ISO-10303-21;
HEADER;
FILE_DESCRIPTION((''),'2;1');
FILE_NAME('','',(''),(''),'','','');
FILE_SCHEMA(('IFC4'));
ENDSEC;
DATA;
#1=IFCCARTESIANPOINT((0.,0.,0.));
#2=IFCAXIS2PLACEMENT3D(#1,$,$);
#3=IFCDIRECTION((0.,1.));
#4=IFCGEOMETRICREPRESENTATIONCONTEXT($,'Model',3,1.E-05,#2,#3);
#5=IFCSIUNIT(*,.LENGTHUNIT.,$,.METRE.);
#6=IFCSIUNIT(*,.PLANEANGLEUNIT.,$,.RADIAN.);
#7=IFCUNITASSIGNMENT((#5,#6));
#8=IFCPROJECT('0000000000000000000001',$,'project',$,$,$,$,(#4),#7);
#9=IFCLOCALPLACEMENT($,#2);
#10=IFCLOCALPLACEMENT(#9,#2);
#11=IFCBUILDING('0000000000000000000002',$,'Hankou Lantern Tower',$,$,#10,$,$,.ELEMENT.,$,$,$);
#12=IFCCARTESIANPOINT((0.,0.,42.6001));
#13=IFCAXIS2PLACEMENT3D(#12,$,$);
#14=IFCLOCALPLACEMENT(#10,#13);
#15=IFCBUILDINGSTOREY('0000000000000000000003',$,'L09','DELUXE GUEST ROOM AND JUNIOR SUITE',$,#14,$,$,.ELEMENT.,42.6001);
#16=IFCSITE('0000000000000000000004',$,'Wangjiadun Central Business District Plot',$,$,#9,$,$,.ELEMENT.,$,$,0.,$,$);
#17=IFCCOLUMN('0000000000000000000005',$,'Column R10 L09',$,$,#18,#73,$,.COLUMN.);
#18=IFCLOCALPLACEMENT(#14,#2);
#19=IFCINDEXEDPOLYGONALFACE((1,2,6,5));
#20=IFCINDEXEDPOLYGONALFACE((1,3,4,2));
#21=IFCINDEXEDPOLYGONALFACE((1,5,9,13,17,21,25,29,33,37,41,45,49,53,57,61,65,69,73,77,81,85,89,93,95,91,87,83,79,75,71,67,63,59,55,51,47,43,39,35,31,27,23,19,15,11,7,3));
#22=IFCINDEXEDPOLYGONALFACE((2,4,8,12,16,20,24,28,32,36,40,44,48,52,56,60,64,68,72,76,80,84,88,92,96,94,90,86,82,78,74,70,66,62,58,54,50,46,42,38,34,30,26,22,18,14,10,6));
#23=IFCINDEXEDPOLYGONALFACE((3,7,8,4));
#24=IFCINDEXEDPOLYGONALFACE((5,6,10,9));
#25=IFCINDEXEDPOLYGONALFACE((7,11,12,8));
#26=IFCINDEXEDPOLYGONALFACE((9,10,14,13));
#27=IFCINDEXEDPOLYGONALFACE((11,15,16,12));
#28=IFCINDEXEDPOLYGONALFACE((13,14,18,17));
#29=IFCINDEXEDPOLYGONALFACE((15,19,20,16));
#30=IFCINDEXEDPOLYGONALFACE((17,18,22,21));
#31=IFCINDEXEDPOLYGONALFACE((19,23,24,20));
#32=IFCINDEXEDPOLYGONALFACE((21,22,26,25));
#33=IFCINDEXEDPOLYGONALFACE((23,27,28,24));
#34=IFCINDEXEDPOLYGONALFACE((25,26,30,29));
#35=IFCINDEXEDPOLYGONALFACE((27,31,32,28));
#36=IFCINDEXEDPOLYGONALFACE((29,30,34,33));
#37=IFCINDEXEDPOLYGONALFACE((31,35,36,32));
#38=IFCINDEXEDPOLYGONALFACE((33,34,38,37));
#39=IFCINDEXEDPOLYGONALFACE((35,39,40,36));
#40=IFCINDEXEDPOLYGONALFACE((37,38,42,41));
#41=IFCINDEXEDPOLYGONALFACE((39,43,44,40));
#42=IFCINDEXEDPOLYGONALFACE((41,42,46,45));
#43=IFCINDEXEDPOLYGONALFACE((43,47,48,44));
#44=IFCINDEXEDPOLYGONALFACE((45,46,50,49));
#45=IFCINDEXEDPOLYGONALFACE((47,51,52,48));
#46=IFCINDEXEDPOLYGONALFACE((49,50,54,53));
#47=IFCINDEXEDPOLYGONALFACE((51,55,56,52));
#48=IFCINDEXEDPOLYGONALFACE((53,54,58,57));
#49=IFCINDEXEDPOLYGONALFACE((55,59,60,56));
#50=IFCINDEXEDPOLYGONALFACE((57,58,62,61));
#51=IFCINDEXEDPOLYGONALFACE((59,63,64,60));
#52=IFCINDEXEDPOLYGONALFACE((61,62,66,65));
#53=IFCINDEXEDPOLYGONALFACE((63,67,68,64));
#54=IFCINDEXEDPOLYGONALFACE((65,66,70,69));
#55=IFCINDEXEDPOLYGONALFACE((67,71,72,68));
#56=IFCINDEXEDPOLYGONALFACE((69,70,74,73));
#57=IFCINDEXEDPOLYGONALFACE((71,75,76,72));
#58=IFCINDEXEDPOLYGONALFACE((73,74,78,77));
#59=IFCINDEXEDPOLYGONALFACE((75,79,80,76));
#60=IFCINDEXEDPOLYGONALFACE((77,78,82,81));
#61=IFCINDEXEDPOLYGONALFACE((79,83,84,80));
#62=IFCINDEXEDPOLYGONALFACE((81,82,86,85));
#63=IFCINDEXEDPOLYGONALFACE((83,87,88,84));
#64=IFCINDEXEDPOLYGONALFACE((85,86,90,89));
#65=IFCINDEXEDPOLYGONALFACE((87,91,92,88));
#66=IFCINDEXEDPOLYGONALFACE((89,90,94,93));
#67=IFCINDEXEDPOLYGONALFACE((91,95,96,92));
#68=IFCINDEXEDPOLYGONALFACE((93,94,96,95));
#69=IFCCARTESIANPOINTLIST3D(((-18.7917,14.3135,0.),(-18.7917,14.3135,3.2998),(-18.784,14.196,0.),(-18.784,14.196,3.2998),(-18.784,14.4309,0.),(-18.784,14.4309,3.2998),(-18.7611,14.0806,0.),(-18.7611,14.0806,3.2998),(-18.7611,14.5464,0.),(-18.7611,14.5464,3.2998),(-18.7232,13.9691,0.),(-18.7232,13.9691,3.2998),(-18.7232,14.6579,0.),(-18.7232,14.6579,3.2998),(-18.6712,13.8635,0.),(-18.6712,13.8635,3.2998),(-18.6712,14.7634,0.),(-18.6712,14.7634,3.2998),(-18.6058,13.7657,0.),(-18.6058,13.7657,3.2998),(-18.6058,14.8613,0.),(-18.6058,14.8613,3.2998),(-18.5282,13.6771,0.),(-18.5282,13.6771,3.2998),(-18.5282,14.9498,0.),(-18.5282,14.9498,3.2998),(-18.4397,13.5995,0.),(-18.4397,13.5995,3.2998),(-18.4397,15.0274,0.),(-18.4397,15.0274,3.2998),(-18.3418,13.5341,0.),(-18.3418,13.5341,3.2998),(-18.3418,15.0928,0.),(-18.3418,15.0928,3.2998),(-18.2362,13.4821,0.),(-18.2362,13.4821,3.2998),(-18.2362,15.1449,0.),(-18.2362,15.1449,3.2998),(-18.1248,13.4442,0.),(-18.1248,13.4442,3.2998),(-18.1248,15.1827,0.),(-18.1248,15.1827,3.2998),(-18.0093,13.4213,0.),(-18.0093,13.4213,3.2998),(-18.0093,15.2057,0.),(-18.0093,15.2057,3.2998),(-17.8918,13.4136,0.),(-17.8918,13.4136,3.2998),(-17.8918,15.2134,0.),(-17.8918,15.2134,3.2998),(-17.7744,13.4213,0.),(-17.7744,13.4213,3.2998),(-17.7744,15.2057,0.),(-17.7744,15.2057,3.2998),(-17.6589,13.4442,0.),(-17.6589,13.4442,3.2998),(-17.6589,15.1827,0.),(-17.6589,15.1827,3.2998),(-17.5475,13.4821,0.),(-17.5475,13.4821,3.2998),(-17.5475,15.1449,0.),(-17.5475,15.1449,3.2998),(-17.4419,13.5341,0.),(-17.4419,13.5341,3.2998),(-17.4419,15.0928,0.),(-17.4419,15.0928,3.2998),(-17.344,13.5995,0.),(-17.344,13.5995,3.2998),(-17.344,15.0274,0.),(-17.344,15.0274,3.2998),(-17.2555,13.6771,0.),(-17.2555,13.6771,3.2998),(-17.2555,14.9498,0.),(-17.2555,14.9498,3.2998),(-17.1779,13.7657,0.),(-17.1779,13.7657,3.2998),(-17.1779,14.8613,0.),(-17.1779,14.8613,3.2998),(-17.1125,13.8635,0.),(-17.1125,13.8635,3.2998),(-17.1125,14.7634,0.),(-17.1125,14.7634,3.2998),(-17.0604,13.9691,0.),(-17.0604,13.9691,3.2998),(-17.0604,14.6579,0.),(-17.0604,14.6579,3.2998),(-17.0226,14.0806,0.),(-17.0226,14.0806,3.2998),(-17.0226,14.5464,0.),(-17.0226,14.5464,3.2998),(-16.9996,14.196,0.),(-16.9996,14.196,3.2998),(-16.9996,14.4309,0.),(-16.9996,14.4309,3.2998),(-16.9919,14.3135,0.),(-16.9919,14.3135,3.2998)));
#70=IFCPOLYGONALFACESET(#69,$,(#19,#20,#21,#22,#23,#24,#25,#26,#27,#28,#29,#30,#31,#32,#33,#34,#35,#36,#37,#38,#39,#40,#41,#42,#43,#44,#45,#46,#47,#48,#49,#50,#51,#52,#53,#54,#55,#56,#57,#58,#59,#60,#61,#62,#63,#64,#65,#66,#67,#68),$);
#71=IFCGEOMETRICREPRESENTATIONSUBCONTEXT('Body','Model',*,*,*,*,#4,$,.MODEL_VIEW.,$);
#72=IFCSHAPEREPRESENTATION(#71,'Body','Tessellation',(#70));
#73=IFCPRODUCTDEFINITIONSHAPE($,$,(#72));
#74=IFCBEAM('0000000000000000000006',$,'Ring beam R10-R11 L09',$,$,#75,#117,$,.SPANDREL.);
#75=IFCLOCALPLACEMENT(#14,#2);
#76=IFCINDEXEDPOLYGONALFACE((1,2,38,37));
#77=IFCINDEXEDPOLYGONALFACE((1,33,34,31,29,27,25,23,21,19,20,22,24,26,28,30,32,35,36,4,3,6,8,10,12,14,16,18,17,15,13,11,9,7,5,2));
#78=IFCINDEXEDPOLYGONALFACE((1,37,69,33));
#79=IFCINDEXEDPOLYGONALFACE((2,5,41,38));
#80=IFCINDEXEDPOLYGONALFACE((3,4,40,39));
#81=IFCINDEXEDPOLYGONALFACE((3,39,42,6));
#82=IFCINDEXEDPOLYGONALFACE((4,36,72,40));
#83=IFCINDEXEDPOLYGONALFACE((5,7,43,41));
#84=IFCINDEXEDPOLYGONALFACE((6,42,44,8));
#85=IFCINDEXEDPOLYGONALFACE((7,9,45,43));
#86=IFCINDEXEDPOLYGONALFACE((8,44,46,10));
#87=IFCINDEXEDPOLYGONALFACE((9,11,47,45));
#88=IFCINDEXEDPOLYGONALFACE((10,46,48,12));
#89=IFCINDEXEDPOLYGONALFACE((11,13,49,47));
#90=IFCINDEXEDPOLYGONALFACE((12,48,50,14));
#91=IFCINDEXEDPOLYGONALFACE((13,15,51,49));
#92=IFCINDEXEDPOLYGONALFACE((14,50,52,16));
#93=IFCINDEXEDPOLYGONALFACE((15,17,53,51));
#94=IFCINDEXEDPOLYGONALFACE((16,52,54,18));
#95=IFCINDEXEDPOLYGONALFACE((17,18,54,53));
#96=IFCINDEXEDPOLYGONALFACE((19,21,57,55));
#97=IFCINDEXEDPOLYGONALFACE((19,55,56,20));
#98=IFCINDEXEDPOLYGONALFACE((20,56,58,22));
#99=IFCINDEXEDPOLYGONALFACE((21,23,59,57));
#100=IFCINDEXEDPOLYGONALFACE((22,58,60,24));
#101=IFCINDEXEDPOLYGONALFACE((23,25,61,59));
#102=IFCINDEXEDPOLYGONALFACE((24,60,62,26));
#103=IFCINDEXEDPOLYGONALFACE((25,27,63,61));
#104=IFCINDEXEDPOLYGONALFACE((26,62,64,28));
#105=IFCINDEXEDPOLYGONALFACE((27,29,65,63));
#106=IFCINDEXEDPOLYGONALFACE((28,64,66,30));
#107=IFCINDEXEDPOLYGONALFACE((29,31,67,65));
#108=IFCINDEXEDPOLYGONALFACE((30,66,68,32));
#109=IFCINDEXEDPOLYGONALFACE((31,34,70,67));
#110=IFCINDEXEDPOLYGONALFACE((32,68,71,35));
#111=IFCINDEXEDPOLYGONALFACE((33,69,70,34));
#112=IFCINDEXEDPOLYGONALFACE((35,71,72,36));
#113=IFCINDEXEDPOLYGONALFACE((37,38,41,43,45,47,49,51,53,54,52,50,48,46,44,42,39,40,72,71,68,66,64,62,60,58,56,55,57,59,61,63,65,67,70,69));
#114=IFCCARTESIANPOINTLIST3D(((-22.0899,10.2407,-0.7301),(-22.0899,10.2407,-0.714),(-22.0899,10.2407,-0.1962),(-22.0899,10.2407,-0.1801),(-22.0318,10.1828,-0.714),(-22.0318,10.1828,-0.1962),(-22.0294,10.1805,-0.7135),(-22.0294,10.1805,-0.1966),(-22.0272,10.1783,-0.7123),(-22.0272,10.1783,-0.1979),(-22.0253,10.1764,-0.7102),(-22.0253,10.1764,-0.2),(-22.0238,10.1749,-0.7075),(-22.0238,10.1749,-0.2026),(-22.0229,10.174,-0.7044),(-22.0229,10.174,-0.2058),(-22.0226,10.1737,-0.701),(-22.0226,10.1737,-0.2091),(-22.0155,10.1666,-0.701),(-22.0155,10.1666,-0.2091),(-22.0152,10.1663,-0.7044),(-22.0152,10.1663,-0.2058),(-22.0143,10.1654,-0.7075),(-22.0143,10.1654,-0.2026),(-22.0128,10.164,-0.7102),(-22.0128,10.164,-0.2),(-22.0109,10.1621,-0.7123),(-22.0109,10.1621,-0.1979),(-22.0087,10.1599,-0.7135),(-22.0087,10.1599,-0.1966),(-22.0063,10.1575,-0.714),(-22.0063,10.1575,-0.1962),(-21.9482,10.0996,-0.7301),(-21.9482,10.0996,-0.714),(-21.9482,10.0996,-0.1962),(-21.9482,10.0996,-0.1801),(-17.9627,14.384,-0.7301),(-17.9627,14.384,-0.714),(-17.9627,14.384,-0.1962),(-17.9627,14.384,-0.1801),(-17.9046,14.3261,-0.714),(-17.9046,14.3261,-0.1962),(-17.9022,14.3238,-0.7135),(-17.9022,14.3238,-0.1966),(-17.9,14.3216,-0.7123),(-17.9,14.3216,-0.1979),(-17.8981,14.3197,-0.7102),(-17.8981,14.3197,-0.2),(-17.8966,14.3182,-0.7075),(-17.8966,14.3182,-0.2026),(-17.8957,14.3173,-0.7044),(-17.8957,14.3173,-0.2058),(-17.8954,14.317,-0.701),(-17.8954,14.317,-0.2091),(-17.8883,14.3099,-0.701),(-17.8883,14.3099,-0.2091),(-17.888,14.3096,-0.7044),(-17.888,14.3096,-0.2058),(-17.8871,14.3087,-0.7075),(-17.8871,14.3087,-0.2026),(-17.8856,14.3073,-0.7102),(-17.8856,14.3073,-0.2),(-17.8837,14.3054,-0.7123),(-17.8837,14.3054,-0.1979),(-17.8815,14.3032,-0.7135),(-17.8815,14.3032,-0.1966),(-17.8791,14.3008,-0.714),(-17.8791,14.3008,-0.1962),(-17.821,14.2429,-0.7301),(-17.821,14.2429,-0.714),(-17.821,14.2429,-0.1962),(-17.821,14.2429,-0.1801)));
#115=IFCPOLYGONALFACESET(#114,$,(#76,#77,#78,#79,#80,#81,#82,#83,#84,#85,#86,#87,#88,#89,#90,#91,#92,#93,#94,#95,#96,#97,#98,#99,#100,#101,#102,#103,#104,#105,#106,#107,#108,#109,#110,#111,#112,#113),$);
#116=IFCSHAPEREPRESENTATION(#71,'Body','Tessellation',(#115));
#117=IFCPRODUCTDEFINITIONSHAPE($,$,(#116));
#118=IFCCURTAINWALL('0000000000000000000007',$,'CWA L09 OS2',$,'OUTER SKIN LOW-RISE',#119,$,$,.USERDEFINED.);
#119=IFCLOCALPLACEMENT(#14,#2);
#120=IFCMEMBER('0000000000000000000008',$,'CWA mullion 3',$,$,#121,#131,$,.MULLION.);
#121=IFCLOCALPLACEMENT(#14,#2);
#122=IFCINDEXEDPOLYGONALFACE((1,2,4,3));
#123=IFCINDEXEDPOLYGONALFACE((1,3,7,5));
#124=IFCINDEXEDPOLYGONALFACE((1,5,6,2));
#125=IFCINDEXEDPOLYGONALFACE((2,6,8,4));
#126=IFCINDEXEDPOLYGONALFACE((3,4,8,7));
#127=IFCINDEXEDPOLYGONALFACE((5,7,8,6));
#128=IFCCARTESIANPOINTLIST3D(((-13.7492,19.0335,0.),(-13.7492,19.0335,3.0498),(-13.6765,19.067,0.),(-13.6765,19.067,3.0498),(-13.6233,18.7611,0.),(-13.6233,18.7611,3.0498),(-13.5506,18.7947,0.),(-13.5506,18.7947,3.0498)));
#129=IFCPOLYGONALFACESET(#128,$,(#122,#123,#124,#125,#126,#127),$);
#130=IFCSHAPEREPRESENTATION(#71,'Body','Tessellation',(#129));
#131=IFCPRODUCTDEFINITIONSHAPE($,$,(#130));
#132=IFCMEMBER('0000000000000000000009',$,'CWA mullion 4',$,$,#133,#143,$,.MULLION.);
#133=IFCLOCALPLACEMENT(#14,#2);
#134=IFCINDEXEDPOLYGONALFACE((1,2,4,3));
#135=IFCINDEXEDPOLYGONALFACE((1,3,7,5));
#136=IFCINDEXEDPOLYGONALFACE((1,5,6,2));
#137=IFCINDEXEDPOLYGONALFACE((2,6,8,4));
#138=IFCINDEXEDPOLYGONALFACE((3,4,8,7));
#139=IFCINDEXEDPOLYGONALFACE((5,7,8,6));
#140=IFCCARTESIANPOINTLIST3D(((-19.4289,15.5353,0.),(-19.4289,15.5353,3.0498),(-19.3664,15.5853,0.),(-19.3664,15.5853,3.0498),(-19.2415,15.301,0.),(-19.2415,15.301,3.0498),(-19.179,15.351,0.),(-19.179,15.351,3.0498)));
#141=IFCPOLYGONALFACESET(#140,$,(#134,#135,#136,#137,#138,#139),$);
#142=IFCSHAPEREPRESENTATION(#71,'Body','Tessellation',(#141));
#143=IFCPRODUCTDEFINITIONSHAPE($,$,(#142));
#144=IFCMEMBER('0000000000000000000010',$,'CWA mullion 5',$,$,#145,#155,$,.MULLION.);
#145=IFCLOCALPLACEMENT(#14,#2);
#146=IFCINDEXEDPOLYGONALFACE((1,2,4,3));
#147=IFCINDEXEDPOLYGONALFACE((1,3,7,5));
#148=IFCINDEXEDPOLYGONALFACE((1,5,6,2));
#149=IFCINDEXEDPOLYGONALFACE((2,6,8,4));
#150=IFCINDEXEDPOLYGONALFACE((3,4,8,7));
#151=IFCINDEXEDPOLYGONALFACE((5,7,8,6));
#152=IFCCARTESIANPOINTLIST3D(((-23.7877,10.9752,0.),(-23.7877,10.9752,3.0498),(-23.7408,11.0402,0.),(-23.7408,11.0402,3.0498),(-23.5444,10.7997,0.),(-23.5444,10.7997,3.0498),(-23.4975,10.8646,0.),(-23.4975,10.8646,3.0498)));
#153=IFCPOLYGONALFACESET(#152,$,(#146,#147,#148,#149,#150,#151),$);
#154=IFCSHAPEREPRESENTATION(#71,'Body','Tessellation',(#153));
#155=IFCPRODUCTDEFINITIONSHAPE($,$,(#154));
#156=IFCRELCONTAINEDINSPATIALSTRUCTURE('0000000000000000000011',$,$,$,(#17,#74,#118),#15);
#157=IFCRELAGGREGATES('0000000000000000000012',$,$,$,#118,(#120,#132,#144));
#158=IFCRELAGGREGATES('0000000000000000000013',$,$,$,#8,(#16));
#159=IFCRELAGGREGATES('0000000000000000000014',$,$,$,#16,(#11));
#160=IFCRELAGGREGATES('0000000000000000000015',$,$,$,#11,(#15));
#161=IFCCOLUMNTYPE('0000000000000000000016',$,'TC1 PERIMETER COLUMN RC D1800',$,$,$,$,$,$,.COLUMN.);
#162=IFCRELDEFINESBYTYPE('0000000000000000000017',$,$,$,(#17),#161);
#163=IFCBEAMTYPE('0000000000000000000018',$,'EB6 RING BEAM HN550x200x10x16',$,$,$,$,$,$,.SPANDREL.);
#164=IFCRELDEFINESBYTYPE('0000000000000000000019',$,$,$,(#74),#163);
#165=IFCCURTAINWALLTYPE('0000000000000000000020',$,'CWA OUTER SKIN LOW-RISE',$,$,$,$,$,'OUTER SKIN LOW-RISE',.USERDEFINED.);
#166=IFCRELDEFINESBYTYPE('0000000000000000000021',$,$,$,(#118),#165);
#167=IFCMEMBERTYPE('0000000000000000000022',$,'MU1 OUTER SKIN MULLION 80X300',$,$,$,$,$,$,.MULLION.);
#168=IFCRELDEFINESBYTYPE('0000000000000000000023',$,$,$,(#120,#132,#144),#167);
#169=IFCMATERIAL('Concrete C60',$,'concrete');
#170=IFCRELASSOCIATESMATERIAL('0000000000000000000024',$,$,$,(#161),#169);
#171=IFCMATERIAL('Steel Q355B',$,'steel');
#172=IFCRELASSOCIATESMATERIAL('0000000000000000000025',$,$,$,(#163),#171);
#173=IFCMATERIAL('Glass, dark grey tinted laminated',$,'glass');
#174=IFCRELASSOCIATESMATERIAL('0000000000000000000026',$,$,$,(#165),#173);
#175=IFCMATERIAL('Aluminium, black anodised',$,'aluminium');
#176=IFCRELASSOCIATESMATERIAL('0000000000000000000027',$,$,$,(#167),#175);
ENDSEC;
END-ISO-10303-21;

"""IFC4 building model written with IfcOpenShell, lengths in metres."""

from ifc_helpers import new_model, si_unit, direction, frame, origin, origin_2d, place, context, subcontext, project, spatial, rectangle, circle, i_section, extrude, material, material_profile, profile_set, type_object, element, aggregate, save


model = new_model("IFC4")

# Units and contexts
model_context = context("Model", 3, precision=1e-05, world=origin(), true_north=direction((0.0, 1.0)))
body_context = subcontext(model_context, "Body", "Model", "MODEL_VIEW")
ifc_project = project(units=[si_unit("LENGTHUNIT", "METRE"), si_unit("PLANEANGLEUNIT", "RADIAN")], contexts=[model_context])

# Site, building, storey
site_placement = place(None, origin())
site = spatial("IfcSite", under=ifc_project, at=site_placement, Name="Wangjiadun Central Business District Plot", CompositionType="ELEMENT", RefElevation=0.0)
building_placement = place(site_placement, origin())
building = spatial("IfcBuilding", under=site, at=building_placement, Name="Hankou Lantern Tower", CompositionType="ELEMENT")
storey_placement = place(building_placement, frame((0.0, 0.0, 42.6001)))
storey = spatial("IfcBuildingStorey", under=building, at=storey_placement, Name="L09", Description="DELUXE GUEST ROOM AND JUNIOR SUITE", CompositionType="ELEMENT", Elevation=42.6001)

# Column
ifc_material_1 = material(Name="Concrete C60", Category="concrete")
ifc_material_profile_1 = material_profile(ifc_material_1, circle(Radius=0.8999, at=origin_2d()), Name="RC D1800")
ifc_profile_set_1 = profile_set([ifc_material_profile_1], Name="Concrete C60")
column_type = type_object("IfcColumnType", Name="TC1 PERIMETER COLUMN RC D1800", PredefinedType="COLUMN", material=ifc_profile_set_1)
column_placement = place(storey_placement, frame((-17.8918, 14.3135, 0.0), z_axis=(0.0, 0.0, 1.0), x_axis=(1.0, 0.0, 0.0)))
element("IfcColumn", 1, at=column_placement, inside=storey, type_object=column_type, Name="Column R10 L09", PredefinedType="COLUMN", context=body_context, shape_type="SweptSolid", body=[
    extrude(circle(Radius=0.8999, at=origin_2d()), origin(), (0.0, 0.0, 1.0), 3.2998),
])

# Beam
ifc_material_2 = material(Name="Steel Q355B", Category="steel")
ifc_material_profile_2 = material_profile(ifc_material_2, i_section(OverallWidth=0.2, OverallDepth=0.55, WebThickness=0.01, FlangeThickness=0.0161, FilletRadius=0.0129, at=origin_2d()), Name="HN550x200x10x16")
ifc_profile_set_2 = profile_set([ifc_material_profile_2], Name="Steel Q355B")
beam_type_1 = type_object("IfcBeamType", Name="EB6 RING BEAM HN550x200x10x16", PredefinedType="SPANDREL", material=ifc_profile_set_2)
beam_1_placement = place(storey_placement, frame((-17.8918, 14.3135, -0.4551), z_axis=(-0.705728, -0.708483, 0.0), x_axis=(0.708483, -0.705728, 0.0)))
element("IfcBeam", 2, at=beam_1_placement, inside=storey, type_object=beam_type_1, Name="Ring beam R10-R11 L09", PredefinedType="SPANDREL", context=body_context, shape_type="SweptSolid", body=[
    extrude(i_section(OverallWidth=0.2, OverallDepth=0.55, WebThickness=0.01, FlangeThickness=0.0161, FilletRadius=0.0129, at=origin_2d()), origin(), (0.0, 0.0, 1.0), 5.8481),
])

# Curtain wall, members
ifc_material_3 = material(Name="Glass, dark grey tinted laminated", Category="glass")
curtain_wall_type = type_object("IfcCurtainWallType", Name="CWA OUTER SKIN LOW-RISE", ElementType="OUTER SKIN LOW-RISE", PredefinedType="USERDEFINED", material=ifc_material_3)
curtain_wall_placement = place(storey_placement, origin())
curtain_wall = element("IfcCurtainWall", 3, at=curtain_wall_placement, inside=storey, type_object=curtain_wall_type, Name="CWA L09 OS2", ObjectType="OUTER SKIN LOW-RISE", PredefinedType="USERDEFINED")
ifc_material_4 = material(Name="Aluminium, black anodised", Category="aluminium")
ifc_material_profile_3 = material_profile(ifc_material_4, rectangle(XDim=0.0801, YDim=0.3, at=origin_2d()), Name="MU1 80X300")
ifc_profile_set_3 = profile_set([ifc_material_profile_3], Name="Aluminium, black anodised")
member_type_1 = type_object("IfcMemberType", Name="MU1 OUTER SKIN MULLION 80X300", PredefinedType="MULLION", material=ifc_profile_set_3)
member_1_placement = place(storey_placement, frame((-13.6499, 18.9141, 0.0), z_axis=(0.0, 0.0, 1.0), x_axis=(-0.907841, -0.419314, 0.0)))
member_1 = element("IfcMember", 4, at=member_1_placement, type_object=member_type_1, Name="CWA mullion 3", PredefinedType="MULLION", context=body_context, shape_type="SweptSolid", body=[
    extrude(rectangle(XDim=0.0801, YDim=0.3, at=origin_2d()), origin(), (0.0, 0.0, 1.0), 3.0498),
])
member_2_placement = place(storey_placement, frame((-19.304, 15.4431, 0.0), z_axis=(0.0, 0.0, 1.0), x_axis=(-0.780869, -0.624695, 0.0)))
member_2 = element("IfcMember", 5, at=member_2_placement, type_object=member_type_1, Name="CWA mullion 4", PredefinedType="MULLION", context=body_context, shape_type="SweptSolid", body=[
    extrude(rectangle(XDim=0.0801, YDim=0.3, at=origin_2d()), origin(), (0.0, 0.0, 1.0), 3.0498),
])
member_3_placement = place(storey_placement, frame((-23.6426, 10.9199, 0.0), z_axis=(0.0, 0.0, 1.0), x_axis=(-0.585206, -0.810885, 0.0)))
member_3 = element("IfcMember", 6, at=member_3_placement, type_object=member_type_1, Name="CWA mullion 5", PredefinedType="MULLION", context=body_context, shape_type="SweptSolid", body=[
    extrude(rectangle(XDim=0.0801, YDim=0.3, at=origin_2d()), origin(), (0.0, 0.0, 1.0), 3.0498),
])

aggregate(curtain_wall, [member_1, member_2, member_3])

save(model, "model.ifc")
